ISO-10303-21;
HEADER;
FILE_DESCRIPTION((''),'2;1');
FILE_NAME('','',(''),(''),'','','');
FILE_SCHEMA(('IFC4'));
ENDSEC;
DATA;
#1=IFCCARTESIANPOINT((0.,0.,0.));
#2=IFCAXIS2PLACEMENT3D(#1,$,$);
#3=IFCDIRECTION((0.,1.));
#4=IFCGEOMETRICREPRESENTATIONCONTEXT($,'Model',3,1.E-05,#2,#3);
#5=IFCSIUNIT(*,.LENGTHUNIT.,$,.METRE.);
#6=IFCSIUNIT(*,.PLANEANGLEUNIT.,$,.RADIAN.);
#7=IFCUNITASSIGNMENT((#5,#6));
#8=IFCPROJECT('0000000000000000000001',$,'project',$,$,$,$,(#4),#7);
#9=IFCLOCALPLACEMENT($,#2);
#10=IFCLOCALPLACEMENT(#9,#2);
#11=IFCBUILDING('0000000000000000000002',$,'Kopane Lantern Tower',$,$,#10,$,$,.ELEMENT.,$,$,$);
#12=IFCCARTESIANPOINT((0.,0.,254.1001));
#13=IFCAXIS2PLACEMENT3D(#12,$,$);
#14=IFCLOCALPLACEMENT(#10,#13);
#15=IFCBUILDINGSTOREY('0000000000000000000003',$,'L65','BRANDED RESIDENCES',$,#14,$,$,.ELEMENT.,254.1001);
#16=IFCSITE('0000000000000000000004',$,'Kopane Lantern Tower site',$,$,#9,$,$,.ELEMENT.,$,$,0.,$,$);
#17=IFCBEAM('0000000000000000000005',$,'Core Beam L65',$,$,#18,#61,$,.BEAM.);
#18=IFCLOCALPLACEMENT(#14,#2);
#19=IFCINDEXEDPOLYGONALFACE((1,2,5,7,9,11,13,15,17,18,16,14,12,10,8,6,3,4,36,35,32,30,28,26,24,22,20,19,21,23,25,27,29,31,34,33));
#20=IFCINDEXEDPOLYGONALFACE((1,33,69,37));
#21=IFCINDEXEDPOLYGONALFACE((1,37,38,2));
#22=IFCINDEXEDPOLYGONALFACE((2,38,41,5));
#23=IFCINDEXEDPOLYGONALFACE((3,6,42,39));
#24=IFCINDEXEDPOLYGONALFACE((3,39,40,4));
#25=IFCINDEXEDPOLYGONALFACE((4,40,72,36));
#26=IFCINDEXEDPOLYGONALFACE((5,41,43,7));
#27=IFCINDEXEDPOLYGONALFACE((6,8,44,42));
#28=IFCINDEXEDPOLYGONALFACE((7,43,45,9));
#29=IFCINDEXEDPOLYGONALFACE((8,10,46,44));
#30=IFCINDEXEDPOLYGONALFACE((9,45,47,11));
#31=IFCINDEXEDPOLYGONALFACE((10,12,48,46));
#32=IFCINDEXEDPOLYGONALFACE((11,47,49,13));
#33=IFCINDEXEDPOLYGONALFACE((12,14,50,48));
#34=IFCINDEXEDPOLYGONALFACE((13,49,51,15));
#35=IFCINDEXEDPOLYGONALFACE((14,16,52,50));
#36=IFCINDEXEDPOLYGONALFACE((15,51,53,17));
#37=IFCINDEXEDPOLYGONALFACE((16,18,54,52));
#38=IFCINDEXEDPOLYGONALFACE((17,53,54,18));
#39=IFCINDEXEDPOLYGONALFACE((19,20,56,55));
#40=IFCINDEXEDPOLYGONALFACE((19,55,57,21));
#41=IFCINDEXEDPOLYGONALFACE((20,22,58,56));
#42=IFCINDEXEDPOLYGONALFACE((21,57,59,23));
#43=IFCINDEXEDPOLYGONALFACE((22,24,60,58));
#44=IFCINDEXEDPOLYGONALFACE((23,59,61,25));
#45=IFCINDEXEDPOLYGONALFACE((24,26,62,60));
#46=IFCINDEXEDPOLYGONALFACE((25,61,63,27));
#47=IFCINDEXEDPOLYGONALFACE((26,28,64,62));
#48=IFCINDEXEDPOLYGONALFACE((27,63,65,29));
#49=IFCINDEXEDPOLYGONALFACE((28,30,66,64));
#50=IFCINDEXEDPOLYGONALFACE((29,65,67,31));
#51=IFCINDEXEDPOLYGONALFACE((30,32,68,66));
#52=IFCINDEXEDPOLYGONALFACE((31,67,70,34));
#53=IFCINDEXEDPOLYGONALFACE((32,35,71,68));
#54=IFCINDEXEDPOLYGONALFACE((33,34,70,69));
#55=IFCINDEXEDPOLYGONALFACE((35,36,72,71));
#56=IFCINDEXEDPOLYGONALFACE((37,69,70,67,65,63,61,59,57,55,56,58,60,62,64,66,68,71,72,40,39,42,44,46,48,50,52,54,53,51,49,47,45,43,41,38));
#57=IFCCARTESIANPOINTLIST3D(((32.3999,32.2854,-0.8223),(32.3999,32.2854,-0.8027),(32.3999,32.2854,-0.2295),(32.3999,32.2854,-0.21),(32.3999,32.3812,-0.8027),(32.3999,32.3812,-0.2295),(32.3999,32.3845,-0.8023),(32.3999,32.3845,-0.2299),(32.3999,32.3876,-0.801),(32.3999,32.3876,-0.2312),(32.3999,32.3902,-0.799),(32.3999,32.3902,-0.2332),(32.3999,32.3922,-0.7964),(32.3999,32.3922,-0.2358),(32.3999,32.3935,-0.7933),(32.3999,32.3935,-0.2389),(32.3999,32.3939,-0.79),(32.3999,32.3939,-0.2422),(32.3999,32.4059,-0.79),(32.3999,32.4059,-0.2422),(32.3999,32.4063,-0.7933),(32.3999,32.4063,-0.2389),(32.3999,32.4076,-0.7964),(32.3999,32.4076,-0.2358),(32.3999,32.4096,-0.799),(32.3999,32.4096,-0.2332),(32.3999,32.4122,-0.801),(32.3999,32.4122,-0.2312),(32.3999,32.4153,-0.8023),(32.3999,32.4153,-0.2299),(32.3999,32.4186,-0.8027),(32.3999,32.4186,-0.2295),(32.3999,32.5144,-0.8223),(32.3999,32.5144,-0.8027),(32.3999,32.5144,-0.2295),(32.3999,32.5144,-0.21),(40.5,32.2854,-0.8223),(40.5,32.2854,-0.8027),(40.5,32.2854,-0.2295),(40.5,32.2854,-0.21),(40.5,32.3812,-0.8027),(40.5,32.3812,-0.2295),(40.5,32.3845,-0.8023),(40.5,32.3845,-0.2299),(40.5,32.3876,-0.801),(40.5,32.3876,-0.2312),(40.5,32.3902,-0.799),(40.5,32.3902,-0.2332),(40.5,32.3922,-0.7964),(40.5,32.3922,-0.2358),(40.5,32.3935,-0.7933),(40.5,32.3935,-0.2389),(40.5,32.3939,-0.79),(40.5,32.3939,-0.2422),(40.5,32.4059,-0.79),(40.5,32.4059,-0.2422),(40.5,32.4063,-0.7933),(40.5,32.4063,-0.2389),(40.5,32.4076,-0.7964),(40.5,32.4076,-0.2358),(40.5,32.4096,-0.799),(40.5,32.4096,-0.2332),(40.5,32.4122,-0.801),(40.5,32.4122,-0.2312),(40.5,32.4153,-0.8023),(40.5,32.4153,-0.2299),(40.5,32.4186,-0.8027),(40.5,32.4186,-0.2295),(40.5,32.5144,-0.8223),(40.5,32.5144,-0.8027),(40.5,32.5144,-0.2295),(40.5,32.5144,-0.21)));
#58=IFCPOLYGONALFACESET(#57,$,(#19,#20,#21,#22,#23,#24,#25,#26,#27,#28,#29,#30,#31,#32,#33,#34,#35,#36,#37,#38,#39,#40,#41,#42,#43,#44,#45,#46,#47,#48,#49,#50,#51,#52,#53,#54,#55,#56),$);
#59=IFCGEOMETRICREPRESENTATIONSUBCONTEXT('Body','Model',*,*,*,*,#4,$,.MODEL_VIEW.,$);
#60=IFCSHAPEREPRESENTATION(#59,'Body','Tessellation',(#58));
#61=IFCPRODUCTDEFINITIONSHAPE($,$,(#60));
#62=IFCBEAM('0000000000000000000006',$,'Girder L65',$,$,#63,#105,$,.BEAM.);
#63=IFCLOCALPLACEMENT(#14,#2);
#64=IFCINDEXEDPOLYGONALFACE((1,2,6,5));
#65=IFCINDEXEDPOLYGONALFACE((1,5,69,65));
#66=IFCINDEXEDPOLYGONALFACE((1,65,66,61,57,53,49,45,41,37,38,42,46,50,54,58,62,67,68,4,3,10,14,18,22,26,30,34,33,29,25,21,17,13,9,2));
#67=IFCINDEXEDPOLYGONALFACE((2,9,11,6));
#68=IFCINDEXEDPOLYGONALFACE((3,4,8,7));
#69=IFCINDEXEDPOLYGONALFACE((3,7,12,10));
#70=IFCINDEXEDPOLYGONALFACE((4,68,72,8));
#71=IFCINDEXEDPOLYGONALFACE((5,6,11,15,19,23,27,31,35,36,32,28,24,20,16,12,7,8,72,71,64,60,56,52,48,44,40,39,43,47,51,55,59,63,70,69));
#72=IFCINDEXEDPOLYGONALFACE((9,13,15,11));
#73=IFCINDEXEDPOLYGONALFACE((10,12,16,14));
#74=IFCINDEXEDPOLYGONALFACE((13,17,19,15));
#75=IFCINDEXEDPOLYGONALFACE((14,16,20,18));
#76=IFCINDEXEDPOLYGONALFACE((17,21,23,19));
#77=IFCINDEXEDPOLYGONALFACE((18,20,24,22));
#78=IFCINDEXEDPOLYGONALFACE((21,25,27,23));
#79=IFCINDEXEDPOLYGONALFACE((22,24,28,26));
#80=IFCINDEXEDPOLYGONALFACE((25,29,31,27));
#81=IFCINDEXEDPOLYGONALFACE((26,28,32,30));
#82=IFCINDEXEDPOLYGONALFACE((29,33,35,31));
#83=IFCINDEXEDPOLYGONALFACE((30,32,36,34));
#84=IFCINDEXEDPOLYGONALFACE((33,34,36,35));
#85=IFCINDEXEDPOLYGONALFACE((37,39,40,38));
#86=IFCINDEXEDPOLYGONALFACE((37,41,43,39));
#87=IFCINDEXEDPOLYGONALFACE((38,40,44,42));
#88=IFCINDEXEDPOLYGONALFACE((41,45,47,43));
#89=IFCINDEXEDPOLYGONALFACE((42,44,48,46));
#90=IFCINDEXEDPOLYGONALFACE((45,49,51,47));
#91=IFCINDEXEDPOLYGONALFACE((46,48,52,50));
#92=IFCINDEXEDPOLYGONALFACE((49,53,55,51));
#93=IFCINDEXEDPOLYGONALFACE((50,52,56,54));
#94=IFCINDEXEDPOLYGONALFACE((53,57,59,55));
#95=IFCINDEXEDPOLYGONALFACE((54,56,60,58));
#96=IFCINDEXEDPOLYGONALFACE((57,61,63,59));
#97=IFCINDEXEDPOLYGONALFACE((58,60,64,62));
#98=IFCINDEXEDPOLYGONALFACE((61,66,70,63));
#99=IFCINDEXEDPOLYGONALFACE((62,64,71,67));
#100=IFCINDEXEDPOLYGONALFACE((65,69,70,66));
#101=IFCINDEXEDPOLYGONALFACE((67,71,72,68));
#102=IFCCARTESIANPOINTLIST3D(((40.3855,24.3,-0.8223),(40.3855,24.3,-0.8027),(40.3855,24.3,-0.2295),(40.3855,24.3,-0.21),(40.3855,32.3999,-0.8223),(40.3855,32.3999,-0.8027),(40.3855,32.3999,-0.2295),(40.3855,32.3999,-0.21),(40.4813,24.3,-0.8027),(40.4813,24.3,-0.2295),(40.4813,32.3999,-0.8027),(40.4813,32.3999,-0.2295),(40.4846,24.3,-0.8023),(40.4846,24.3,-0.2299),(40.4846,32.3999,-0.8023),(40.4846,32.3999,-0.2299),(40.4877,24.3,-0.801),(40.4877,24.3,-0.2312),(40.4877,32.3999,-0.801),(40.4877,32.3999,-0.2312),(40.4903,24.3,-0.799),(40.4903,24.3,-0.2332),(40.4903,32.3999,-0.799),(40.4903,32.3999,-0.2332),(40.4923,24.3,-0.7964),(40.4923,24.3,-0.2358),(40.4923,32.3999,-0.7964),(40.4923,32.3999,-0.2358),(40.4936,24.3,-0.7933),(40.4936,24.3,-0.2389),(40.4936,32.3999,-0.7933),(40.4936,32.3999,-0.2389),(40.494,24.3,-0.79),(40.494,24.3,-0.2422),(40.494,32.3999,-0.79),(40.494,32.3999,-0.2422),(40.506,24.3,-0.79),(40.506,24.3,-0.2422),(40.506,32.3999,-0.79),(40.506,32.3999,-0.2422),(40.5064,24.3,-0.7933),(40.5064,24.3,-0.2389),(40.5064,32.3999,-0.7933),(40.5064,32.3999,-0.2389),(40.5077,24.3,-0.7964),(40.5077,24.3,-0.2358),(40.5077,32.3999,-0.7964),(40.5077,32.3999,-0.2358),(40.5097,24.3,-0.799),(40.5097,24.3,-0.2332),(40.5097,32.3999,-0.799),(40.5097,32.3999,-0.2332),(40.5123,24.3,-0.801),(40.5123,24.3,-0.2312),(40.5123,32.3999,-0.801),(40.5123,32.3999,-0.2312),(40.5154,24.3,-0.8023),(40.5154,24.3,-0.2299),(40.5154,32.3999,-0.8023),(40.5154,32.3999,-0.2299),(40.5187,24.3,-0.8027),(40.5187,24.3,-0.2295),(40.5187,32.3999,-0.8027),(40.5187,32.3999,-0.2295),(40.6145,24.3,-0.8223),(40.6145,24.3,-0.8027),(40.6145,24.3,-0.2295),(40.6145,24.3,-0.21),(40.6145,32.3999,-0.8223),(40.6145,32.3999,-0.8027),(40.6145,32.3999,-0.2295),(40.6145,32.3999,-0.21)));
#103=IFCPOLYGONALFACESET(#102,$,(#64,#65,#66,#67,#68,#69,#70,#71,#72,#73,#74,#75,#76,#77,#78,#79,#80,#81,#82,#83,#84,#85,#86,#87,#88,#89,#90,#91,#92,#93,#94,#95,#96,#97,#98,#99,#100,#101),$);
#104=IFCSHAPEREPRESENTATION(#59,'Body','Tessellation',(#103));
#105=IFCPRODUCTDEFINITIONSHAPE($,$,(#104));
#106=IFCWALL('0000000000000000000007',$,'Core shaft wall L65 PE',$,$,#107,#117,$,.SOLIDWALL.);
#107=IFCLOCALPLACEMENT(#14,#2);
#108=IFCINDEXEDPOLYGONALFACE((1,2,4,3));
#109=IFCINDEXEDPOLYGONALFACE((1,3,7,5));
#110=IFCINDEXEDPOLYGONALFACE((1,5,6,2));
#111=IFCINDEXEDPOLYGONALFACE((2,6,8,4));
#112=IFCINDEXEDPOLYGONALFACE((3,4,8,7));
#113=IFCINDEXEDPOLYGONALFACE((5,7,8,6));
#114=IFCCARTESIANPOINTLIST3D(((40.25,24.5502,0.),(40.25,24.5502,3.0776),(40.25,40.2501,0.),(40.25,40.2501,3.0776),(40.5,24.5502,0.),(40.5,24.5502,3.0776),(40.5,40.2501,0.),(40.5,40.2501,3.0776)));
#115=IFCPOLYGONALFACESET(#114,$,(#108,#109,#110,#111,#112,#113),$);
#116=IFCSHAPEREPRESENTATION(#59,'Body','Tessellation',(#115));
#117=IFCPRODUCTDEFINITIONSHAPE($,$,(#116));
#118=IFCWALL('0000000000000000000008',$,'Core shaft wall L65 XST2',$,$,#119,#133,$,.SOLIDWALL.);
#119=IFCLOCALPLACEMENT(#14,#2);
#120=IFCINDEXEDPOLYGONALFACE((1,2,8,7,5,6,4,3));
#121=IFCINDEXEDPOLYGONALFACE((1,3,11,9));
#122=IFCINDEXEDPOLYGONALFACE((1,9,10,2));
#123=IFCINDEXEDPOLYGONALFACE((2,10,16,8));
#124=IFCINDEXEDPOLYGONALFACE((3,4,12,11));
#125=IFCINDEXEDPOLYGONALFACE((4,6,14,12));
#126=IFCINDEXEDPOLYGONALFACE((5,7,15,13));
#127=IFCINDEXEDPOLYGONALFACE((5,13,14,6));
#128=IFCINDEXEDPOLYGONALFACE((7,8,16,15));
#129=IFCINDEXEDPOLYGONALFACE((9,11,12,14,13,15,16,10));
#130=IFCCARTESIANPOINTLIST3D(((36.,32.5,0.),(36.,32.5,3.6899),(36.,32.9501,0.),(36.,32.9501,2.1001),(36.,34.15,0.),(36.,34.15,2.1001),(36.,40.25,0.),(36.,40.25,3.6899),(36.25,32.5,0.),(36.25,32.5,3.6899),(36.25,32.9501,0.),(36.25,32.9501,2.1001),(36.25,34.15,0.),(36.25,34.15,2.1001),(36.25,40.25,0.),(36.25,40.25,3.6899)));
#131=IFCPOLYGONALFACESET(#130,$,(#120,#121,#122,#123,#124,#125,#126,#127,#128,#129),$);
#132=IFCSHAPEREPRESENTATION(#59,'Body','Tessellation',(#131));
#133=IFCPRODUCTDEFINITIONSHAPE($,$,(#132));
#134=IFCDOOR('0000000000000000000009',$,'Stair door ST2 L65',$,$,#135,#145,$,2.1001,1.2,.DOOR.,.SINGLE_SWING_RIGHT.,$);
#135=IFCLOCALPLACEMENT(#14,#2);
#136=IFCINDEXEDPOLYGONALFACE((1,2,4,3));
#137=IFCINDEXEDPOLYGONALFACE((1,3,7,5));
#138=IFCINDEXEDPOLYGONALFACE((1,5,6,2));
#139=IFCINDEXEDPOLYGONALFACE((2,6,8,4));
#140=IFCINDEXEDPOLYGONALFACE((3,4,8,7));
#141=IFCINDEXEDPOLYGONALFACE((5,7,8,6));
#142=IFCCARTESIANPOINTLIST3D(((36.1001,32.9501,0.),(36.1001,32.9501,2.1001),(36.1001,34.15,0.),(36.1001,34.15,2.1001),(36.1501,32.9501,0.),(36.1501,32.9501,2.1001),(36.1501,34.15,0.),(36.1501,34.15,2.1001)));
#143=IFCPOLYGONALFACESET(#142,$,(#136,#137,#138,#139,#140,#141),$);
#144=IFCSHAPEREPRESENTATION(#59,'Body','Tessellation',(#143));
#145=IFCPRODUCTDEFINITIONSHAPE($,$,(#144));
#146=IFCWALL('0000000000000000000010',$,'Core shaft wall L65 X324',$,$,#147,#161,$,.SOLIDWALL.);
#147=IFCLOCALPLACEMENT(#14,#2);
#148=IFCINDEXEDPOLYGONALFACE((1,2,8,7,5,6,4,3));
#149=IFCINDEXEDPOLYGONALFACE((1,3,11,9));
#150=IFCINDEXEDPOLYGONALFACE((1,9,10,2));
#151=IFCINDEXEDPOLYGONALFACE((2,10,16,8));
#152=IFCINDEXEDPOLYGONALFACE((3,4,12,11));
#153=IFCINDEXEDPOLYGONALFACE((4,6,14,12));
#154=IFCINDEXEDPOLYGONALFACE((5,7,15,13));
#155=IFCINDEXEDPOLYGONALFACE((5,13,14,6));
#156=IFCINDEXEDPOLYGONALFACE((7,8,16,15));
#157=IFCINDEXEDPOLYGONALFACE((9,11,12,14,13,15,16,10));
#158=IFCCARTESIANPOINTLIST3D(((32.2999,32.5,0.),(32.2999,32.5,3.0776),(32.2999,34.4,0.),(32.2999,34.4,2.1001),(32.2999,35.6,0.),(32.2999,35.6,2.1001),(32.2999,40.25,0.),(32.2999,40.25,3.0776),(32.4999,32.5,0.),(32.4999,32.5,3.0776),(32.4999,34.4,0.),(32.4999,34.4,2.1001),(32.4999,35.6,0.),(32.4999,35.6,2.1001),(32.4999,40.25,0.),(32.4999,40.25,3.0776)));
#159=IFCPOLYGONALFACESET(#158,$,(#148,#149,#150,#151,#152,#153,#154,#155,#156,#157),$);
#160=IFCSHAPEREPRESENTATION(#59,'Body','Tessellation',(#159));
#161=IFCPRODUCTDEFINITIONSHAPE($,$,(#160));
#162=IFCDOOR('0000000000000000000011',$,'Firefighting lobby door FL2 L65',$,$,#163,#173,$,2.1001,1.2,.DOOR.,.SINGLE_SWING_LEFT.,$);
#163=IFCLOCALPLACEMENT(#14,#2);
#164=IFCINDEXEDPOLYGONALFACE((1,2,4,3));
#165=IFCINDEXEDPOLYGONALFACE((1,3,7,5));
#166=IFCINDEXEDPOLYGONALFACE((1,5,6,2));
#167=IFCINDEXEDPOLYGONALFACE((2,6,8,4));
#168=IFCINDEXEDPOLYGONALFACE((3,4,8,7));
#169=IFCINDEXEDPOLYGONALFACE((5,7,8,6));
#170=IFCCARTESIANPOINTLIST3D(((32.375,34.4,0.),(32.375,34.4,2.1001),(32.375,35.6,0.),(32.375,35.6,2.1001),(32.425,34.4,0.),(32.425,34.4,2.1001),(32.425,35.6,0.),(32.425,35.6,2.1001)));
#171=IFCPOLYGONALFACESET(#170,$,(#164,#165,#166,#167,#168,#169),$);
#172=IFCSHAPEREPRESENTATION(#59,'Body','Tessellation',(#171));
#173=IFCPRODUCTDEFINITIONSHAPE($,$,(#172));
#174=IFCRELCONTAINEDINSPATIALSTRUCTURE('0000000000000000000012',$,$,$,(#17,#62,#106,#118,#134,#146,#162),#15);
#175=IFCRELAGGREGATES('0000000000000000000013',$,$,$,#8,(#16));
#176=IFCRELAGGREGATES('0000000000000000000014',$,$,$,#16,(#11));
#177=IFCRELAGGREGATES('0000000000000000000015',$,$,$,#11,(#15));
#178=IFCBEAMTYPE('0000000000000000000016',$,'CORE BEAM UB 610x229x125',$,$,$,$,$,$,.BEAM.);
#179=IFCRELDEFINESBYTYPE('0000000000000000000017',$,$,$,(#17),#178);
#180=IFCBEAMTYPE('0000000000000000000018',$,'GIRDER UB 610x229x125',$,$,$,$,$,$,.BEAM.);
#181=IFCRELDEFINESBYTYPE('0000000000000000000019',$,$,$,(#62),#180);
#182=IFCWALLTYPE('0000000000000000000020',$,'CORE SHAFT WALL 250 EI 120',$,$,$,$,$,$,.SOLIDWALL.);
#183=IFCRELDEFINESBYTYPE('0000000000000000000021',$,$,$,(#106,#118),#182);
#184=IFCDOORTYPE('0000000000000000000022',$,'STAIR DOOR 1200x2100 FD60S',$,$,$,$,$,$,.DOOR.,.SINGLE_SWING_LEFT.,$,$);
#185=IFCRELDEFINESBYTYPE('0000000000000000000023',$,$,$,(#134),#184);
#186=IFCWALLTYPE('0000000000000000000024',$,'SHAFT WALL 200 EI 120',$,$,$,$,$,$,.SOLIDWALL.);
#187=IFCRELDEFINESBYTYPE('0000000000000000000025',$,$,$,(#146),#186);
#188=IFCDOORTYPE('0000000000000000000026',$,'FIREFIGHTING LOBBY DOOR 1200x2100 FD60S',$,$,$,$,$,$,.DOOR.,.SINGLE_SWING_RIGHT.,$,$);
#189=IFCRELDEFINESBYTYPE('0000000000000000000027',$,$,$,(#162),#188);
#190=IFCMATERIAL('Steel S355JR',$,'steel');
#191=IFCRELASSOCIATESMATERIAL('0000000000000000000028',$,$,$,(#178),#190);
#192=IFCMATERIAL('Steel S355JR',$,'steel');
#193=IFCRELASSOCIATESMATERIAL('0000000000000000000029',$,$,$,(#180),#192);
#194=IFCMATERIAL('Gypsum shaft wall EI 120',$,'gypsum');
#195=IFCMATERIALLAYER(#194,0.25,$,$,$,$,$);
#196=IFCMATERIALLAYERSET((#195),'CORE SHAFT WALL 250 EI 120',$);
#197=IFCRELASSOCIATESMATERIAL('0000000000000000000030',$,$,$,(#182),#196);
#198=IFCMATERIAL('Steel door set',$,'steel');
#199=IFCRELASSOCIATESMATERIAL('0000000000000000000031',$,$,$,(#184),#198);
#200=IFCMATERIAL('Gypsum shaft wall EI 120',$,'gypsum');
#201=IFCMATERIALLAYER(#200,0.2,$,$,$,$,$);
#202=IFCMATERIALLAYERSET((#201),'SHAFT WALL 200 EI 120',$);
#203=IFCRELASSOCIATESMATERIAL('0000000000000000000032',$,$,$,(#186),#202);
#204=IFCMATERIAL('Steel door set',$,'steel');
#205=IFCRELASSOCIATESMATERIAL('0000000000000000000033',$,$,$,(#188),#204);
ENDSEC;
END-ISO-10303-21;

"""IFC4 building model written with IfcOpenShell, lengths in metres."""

from ifc_helpers import new_model, si_unit, direction, frame, frame_2d, origin, origin_2d, place, context, subcontext, project, spatial, rectangle, i_section, extrude, material, layer, layer_set, material_profile, profile_set, type_object, element, fill, save


model = new_model("IFC4")

# Units and contexts
model_context = context("Model", 3, precision=1e-05, world=origin(), true_north=direction((0.0, 1.0)))
body_context = subcontext(model_context, "Body", "Model", "MODEL_VIEW")
ifc_project = project(units=[si_unit("LENGTHUNIT", "METRE"), si_unit("PLANEANGLEUNIT", "RADIAN")], contexts=[model_context])

# Site, building, storey
site_placement = place(None, origin())
site = spatial("IfcSite", under=ifc_project, at=site_placement, Name="Kopane Lantern Tower site", CompositionType="ELEMENT", RefElevation=0.0)
building_placement = place(site_placement, origin())
building = spatial("IfcBuilding", under=site, at=building_placement, Name="Kopane Lantern Tower", CompositionType="ELEMENT")
storey_placement = place(building_placement, frame((0.0, 0.0, 254.1001)))
storey = spatial("IfcBuildingStorey", under=building, at=storey_placement, Name="L65", Description="BRANDED RESIDENCES", CompositionType="ELEMENT", Elevation=254.1001)

# Beams
ifc_material_1 = material(Name="Steel S355JR", Category="steel")
ifc_material_profile_1 = material_profile(ifc_material_1, i_section(OverallWidth=0.229, OverallDepth=0.6123, WebThickness=0.012, FlangeThickness=0.0195, FilletRadius=0.0127, at=origin_2d()), Name="UB 610x229x125")
ifc_profile_set_1 = profile_set([ifc_material_profile_1], Name="Steel S355JR")
beam_type_1 = type_object("IfcBeamType", Name="CORE BEAM UB 610x229x125", PredefinedType="BEAM", material=ifc_profile_set_1)
beam_1_placement = place(storey_placement, frame((32.3999, 32.3999, -0.5161), z_axis=(1.0, 0.0, 0.0), x_axis=(0.0, 1.0, 0.0)))
element("IfcBeam", 1, at=beam_1_placement, inside=storey, type_object=beam_type_1, Name="Core Beam L65", PredefinedType="BEAM", context=body_context, shape_type="SweptSolid", body=[
    extrude(i_section(OverallWidth=0.229, OverallDepth=0.6123, WebThickness=0.012, FlangeThickness=0.0195, FilletRadius=0.0127, at=origin_2d()), origin(), (0.0, 0.0, 1.0), 8.1001),
])
ifc_material_2 = material(Name="Steel S355JR", Category="steel")
ifc_material_profile_2 = material_profile(ifc_material_2, i_section(OverallWidth=0.229, OverallDepth=0.6123, WebThickness=0.012, FlangeThickness=0.0195, FilletRadius=0.0127, at=origin_2d()), Name="UB 610x229x125")
ifc_profile_set_2 = profile_set([ifc_material_profile_2], Name="Steel S355JR")
beam_type_2 = type_object("IfcBeamType", Name="GIRDER UB 610x229x125", PredefinedType="BEAM", material=ifc_profile_set_2)
beam_2_placement = place(storey_placement, frame((40.5, 24.3, -0.5161), z_axis=(0.0, 1.0, 0.0), x_axis=(-1.0, 0.0, 0.0)))
element("IfcBeam", 2, at=beam_2_placement, inside=storey, type_object=beam_type_2, Name="Girder L65", PredefinedType="BEAM", context=body_context, shape_type="SweptSolid", body=[
    extrude(i_section(OverallWidth=0.229, OverallDepth=0.6123, WebThickness=0.012, FlangeThickness=0.0195, FilletRadius=0.0127, at=origin_2d()), origin(), (0.0, 0.0, 1.0), 8.0999),
])

# Wall
ifc_material_3 = material(Name="Gypsum shaft wall EI 120", Category="gypsum")
ifc_layer_1 = layer(ifc_material_3, 0.25)
ifc_layer_set_1 = layer_set([ifc_layer_1], Name="CORE SHAFT WALL 250 EI 120")
wall_type_1 = type_object("IfcWallType", Name="CORE SHAFT WALL 250 EI 120", PredefinedType="SOLIDWALL", material=ifc_layer_set_1)
wall_1_placement = place(storey_placement, frame((40.375, 24.55, 0.0), z_axis=(0.0, 0.0, 1.0), x_axis=(0.0, 1.0, 0.0)))
element("IfcWall", 3, at=wall_1_placement, inside=storey, type_object=wall_type_1, Name="Core shaft wall L65 PE", PredefinedType="SOLIDWALL", context=body_context, shape_type="SweptSolid", body=[
    extrude(rectangle(XDim=15.7, YDim=0.25, at=frame_2d((7.8501, 0.0))), origin(), (0.0, 0.0, 1.0), 3.0776),
])

# Walls, openings, doors
wall_2_placement = place(storey_placement, frame((36.125, 32.5, 0.0), z_axis=(0.0, 0.0, 1.0), x_axis=(0.0, 1.0, 0.0)))
wall_2 = element("IfcWall", 4, at=wall_2_placement, inside=storey, type_object=wall_type_1, Name="Core shaft wall L65 XST2", PredefinedType="SOLIDWALL", context=body_context, shape_type="SweptSolid", body=[
    extrude(rectangle(XDim=7.75, YDim=0.25, at=frame_2d((3.875, 0.0))), origin(), (0.0, 0.0, 1.0), 3.6899),
])
opening_1_placement = place(wall_2_placement, frame((0.45, 0.0, 0.0)))
opening_1 = element("IfcOpeningElement", 5, at=opening_1_placement, cuts=wall_2, PredefinedType="OPENING", context=body_context, shape_type="SweptSolid", body=[
    extrude(rectangle(XDim=1.2, YDim=2.1001, at=frame_2d((0.6001, 1.05))), frame((0.0, 0.135, 0.0), z_axis=(0.0, -1.0, 0.0), x_axis=(1.0, 0.0, 0.0)), (0.0, 0.0, 1.0), 0.27),
])
ifc_material_4 = material(Name="Steel door set", Category="steel")
door_type_1 = type_object("IfcDoorType", Name="STAIR DOOR 1200x2100 FD60S", OperationType="SINGLE_SWING_LEFT", PredefinedType="DOOR", material=ifc_material_4)
door_1_placement = place(opening_1_placement, origin())
door_1 = element("IfcDoor", 6, at=door_1_placement, inside=storey, type_object=door_type_1, Name="Stair door ST2 L65", OperationType="SINGLE_SWING_RIGHT", OverallHeight=2.1001, OverallWidth=1.2, PredefinedType="DOOR", context=body_context, shape_type="SweptSolid", body=[
    extrude(rectangle(XDim=1.2, YDim=2.1001, at=frame_2d((0.6001, 1.05))), frame((0.0, 0.0249, 0.0), z_axis=(0.0, -1.0, 0.0), x_axis=(1.0, 0.0, 0.0)), (0.0, 0.0, 1.0), 0.05),
])
fill(opening_1, door_1)
ifc_material_5 = material(Name="Gypsum shaft wall EI 120", Category="gypsum")
ifc_layer_2 = layer(ifc_material_5, 0.2)
ifc_layer_set_2 = layer_set([ifc_layer_2], Name="SHAFT WALL 200 EI 120")
wall_type_2 = type_object("IfcWallType", Name="SHAFT WALL 200 EI 120", PredefinedType="SOLIDWALL", material=ifc_layer_set_2)
wall_3_placement = place(storey_placement, frame((32.3999, 32.5, 0.0), z_axis=(0.0, 0.0, 1.0), x_axis=(0.0, 1.0, 0.0)))
wall_3 = element("IfcWall", 7, at=wall_3_placement, inside=storey, type_object=wall_type_2, Name="Core shaft wall L65 X324", PredefinedType="SOLIDWALL", context=body_context, shape_type="SweptSolid", body=[
    extrude(rectangle(XDim=7.75, YDim=0.2, at=frame_2d((3.875, 0.0))), origin(), (0.0, 0.0, 1.0), 3.0776),
])
opening_2_placement = place(wall_3_placement, frame((1.8999, 0.0, 0.0)))
opening_2 = element("IfcOpeningElement", 8, at=opening_2_placement, cuts=wall_3, PredefinedType="OPENING", context=body_context, shape_type="SweptSolid", body=[
    extrude(rectangle(XDim=1.2, YDim=2.1001, at=frame_2d((0.6001, 1.05))), frame((0.0, 0.1099, 0.0), z_axis=(0.0, -1.0, 0.0), x_axis=(1.0, 0.0, 0.0)), (0.0, 0.0, 1.0), 0.22),
])
ifc_material_6 = material(Name="Steel door set", Category="steel")
door_type_2 = type_object("IfcDoorType", Name="FIREFIGHTING LOBBY DOOR 1200x2100 FD60S", OperationType="SINGLE_SWING_RIGHT", PredefinedType="DOOR", material=ifc_material_6)
door_2_placement = place(opening_2_placement, origin())
door_2 = element("IfcDoor", 9, at=door_2_placement, inside=storey, type_object=door_type_2, Name="Firefighting lobby door FL2 L65", OperationType="SINGLE_SWING_LEFT", OverallHeight=2.1001, OverallWidth=1.2, PredefinedType="DOOR", context=body_context, shape_type="SweptSolid", body=[
    extrude(rectangle(XDim=1.2, YDim=2.1001, at=frame_2d((0.6001, 1.05))), frame((0.0, 0.0249, 0.0), z_axis=(0.0, -1.0, 0.0), x_axis=(1.0, 0.0, 0.0)), (0.0, 0.0, 1.0), 0.05),
])
fill(opening_2, door_2)

save(model, "model.ifc")
